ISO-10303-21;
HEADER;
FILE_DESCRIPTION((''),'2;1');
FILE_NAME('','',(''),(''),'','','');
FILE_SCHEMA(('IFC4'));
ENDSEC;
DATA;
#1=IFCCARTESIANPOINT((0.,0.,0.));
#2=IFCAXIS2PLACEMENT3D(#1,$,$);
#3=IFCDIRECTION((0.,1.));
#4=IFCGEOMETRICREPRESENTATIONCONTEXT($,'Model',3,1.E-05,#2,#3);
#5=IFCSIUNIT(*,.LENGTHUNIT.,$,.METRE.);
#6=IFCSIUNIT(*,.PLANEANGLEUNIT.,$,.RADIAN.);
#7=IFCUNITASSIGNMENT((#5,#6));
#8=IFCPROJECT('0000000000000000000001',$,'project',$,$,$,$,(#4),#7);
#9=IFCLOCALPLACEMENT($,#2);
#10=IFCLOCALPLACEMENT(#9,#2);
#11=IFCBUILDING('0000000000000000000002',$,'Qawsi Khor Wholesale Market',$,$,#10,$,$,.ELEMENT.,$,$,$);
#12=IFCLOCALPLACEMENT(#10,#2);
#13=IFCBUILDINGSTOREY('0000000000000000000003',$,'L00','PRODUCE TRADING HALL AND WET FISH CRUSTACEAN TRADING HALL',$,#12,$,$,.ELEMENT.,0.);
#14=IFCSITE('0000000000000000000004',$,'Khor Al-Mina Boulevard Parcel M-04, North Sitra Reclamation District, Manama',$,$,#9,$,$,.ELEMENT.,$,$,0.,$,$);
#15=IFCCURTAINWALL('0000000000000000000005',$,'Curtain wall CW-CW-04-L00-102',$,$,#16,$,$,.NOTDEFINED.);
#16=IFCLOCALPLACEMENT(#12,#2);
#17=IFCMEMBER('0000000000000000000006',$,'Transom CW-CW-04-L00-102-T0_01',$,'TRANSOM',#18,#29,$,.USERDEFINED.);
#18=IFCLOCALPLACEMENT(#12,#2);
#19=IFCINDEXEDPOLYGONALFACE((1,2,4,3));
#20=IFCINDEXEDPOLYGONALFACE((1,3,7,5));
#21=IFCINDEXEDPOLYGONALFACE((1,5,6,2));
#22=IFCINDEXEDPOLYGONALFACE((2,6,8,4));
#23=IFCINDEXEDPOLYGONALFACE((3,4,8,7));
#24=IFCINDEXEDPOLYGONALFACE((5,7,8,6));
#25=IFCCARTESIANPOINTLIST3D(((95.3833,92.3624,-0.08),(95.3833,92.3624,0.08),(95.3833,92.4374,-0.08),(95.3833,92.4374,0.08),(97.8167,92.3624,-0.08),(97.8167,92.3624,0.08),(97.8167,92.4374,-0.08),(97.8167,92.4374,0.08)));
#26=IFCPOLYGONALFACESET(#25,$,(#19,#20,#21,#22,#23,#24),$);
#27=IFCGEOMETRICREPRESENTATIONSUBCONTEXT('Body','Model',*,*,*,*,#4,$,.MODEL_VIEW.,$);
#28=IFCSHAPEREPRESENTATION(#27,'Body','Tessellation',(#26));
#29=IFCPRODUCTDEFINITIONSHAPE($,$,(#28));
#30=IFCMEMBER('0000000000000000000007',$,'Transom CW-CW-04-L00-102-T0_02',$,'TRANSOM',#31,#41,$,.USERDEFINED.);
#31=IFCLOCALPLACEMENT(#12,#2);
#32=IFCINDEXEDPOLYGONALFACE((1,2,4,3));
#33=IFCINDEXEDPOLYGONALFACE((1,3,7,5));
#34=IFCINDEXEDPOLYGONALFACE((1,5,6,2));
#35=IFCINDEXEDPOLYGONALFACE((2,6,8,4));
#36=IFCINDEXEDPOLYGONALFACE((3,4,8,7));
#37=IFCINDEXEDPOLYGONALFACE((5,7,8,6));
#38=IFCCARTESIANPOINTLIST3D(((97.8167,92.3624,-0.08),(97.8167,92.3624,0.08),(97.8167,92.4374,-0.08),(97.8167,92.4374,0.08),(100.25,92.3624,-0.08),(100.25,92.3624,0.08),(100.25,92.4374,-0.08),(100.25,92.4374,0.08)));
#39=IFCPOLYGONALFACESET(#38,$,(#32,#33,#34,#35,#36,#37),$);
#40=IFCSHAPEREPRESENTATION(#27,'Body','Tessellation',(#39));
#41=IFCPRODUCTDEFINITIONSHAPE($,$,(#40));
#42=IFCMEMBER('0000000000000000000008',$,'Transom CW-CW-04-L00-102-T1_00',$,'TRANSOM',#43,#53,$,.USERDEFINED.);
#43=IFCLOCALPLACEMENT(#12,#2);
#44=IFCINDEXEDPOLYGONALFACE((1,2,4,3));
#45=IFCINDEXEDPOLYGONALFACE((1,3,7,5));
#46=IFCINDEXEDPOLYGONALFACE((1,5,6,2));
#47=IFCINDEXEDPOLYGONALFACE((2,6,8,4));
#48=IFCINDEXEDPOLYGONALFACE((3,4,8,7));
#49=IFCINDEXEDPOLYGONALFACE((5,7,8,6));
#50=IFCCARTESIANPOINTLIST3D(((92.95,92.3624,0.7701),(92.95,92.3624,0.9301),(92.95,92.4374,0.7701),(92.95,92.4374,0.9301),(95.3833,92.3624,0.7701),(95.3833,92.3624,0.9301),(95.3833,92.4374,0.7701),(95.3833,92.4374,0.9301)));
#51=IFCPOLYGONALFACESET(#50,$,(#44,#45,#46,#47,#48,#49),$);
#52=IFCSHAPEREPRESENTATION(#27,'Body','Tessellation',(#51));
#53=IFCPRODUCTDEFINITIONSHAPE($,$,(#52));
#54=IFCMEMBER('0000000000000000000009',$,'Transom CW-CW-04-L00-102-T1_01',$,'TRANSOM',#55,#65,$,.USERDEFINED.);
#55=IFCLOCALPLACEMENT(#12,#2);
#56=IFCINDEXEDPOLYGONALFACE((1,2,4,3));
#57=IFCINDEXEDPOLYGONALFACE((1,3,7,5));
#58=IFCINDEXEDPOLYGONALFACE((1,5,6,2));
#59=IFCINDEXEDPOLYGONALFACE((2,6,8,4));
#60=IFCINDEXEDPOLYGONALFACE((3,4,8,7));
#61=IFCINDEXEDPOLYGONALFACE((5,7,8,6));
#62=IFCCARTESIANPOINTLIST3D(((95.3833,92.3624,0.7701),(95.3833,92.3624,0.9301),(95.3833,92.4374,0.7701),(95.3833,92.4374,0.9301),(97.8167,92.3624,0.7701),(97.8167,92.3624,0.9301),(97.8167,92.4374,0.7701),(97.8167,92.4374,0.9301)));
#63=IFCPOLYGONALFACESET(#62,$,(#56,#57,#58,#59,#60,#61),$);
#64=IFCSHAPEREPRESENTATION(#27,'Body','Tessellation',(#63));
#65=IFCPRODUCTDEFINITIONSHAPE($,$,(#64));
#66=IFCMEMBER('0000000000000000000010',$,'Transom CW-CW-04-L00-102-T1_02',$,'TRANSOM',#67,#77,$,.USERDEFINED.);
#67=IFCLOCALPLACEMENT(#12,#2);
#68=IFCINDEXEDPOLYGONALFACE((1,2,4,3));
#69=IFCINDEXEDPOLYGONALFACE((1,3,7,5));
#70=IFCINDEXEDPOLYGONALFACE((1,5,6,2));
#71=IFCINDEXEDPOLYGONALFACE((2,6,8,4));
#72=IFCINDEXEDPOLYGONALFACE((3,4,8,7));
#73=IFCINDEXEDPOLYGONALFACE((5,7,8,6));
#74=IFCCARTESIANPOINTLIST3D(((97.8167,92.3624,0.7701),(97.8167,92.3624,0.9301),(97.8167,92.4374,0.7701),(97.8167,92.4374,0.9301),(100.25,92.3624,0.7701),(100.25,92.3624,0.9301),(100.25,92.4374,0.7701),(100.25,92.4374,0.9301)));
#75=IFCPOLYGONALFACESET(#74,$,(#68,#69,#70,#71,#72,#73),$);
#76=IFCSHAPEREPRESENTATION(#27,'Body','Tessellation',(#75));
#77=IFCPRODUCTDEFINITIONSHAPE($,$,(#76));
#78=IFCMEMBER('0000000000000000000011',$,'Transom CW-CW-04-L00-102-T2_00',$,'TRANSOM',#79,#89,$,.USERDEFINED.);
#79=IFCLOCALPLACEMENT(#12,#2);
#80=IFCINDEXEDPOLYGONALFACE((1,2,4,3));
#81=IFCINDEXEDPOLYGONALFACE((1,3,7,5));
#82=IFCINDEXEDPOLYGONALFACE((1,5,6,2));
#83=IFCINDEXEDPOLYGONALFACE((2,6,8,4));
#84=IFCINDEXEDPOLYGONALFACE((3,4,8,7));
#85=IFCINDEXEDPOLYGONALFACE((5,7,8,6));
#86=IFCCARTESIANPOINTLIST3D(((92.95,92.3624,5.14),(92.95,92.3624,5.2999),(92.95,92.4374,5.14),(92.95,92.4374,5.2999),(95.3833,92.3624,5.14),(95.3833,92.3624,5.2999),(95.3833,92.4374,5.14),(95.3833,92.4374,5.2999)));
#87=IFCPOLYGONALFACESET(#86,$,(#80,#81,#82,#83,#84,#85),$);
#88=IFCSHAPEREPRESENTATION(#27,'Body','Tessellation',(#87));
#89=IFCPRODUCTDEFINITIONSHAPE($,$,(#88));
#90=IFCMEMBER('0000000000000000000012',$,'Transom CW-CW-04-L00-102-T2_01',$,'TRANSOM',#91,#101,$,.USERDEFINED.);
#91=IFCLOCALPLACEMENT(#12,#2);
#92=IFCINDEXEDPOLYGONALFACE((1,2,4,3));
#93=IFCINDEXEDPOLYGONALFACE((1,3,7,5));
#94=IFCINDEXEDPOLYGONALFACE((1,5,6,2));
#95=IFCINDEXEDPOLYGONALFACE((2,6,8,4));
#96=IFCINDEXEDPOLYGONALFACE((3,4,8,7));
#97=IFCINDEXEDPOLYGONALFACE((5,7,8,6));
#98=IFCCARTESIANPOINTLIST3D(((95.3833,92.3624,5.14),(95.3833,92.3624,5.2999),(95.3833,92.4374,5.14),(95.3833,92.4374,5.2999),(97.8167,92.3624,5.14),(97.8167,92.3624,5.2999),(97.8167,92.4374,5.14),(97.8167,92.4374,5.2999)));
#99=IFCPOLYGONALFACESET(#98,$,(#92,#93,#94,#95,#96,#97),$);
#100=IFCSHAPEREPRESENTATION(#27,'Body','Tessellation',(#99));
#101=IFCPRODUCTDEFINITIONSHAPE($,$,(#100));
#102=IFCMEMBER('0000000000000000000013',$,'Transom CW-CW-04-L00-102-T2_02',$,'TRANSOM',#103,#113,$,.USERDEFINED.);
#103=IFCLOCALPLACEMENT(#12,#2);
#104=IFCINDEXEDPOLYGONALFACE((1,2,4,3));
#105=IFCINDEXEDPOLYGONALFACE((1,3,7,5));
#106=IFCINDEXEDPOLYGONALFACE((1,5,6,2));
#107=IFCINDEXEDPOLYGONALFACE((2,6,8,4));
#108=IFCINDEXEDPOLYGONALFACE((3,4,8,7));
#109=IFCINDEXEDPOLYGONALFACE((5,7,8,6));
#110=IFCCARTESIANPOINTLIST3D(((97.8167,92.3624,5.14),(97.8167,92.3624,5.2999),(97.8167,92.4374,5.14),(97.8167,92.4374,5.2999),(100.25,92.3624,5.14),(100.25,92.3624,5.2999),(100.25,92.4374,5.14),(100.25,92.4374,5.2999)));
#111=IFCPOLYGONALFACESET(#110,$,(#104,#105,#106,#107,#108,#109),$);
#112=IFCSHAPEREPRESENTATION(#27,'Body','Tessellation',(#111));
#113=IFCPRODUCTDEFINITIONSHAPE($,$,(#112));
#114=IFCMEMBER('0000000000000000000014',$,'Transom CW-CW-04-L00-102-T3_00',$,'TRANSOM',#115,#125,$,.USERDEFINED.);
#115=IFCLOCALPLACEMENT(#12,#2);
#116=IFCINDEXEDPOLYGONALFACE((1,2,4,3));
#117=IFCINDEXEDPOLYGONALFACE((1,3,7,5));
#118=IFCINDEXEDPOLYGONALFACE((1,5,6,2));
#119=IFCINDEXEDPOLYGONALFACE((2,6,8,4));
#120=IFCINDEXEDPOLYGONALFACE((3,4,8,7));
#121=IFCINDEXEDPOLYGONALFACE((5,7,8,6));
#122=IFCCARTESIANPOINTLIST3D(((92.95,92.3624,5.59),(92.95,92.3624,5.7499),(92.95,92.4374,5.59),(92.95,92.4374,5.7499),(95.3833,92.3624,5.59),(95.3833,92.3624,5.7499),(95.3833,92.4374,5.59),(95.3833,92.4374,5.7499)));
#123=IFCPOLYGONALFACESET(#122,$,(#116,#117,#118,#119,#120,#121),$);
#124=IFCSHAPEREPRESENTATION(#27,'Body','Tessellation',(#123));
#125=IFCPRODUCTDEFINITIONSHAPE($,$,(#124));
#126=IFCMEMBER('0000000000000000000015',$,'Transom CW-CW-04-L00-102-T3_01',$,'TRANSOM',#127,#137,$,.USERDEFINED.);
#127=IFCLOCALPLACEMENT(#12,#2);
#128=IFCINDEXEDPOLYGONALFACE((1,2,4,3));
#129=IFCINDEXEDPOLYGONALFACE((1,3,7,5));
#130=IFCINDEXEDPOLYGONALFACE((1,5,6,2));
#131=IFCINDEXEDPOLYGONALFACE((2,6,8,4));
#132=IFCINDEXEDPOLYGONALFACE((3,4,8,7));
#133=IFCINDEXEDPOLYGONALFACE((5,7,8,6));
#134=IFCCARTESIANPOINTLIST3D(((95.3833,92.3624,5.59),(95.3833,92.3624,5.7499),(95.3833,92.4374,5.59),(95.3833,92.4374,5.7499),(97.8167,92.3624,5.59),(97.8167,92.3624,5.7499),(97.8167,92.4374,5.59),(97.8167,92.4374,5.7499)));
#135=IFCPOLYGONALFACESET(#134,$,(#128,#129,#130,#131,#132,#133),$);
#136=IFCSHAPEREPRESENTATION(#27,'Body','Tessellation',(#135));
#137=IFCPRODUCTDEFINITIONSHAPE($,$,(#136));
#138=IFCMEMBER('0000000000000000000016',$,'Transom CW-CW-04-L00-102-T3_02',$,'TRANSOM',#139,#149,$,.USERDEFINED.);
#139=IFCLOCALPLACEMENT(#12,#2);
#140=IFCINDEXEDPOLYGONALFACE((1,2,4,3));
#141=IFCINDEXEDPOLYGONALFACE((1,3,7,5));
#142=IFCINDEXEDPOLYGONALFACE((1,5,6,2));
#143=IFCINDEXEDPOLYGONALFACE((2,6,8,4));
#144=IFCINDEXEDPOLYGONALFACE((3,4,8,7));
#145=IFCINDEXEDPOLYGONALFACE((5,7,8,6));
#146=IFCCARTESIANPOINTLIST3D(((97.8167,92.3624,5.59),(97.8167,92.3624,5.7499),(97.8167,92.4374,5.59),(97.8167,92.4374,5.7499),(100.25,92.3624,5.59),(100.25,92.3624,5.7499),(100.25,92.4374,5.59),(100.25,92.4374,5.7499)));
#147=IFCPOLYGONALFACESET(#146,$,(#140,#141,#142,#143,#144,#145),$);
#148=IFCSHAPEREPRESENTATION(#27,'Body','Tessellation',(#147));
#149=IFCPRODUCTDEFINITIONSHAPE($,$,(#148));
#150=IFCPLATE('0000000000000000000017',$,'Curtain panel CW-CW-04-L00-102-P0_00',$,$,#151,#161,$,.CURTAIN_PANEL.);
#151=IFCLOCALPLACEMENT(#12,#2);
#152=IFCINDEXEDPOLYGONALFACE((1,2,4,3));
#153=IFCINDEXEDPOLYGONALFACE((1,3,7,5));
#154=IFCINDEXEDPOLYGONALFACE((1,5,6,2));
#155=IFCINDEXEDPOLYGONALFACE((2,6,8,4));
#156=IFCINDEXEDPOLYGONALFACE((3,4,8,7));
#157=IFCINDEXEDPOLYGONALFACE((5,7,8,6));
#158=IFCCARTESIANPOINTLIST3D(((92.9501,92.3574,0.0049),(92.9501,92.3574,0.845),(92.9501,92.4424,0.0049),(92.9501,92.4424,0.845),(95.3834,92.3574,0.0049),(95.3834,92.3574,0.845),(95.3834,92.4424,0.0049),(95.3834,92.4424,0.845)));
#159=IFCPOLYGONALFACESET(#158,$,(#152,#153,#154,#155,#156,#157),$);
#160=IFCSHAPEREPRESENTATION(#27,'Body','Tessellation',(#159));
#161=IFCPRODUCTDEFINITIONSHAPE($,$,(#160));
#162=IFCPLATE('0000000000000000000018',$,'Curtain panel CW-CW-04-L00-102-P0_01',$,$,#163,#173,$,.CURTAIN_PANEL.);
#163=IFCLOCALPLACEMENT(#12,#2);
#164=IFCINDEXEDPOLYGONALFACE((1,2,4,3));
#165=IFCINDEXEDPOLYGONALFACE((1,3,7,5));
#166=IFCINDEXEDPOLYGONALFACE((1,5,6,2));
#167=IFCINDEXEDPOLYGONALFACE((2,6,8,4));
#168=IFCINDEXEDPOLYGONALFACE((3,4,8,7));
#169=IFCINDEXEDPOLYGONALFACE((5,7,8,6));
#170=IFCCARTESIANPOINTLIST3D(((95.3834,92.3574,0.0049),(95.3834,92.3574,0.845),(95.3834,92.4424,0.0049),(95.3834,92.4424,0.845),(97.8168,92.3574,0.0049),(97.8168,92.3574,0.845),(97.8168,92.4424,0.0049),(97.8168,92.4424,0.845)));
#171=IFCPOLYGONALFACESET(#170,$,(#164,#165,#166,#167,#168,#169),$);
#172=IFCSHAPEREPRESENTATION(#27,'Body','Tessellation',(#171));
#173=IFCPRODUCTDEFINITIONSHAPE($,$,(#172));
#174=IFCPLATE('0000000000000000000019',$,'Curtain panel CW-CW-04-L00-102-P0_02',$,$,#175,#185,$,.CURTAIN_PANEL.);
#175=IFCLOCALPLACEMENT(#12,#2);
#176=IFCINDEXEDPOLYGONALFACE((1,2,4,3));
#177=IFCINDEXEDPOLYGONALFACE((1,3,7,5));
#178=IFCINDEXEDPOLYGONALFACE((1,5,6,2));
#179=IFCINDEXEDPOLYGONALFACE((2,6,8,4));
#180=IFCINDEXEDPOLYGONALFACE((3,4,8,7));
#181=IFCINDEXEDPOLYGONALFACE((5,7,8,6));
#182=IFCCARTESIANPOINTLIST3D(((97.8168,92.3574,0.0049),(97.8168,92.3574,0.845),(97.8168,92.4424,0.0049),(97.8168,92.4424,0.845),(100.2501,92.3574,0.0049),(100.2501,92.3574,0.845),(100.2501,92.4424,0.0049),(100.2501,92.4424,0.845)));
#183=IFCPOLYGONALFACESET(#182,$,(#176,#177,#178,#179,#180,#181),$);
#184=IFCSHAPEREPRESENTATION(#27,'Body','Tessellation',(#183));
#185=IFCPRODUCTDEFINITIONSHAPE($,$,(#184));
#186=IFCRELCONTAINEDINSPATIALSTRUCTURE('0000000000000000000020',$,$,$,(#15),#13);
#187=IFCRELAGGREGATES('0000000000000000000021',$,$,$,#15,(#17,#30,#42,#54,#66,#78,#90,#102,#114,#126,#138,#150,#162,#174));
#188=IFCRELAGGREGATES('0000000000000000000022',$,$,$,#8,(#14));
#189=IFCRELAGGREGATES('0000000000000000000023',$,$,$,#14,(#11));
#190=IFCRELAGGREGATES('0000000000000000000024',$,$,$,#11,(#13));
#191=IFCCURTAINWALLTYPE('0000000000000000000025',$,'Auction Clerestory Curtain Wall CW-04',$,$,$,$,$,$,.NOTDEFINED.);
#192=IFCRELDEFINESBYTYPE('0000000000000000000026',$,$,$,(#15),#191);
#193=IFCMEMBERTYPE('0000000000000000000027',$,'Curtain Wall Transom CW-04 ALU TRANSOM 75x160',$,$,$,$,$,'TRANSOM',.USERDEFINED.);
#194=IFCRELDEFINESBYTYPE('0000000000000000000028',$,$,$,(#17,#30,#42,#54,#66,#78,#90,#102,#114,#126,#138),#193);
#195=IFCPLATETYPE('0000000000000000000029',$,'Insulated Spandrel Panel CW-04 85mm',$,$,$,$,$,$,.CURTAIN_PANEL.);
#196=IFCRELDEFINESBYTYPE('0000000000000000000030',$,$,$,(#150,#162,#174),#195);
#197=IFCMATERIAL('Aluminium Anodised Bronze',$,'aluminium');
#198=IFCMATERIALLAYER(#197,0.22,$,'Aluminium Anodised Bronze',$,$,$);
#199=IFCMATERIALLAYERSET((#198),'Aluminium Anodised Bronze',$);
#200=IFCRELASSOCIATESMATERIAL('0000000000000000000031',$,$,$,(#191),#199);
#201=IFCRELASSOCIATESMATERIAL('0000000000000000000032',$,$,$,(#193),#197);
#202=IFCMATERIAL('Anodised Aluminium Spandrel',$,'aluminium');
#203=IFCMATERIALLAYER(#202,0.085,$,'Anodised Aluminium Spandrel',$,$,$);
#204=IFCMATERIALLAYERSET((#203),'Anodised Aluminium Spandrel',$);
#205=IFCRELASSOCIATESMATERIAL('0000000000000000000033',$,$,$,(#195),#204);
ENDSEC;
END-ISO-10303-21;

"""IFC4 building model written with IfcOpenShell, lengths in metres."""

from ifc_helpers import new_model, si_unit, direction, frame, frame_2d, origin, origin_2d, place, context, subcontext, project, spatial, rectangle, extrude, material, layer, layer_set, material_profile, profile_set, type_object, element, aggregate, save


model = new_model("IFC4")

# Units and contexts
model_context = context("Model", 3, precision=1e-05, world=origin(), true_north=direction((0.0, 1.0)))
body_context = subcontext(model_context, "Body", "Model", "MODEL_VIEW")
ifc_project = project(units=[si_unit("LENGTHUNIT", "METRE"), si_unit("PLANEANGLEUNIT", "RADIAN")], contexts=[model_context])

# Site, building, storey
site_placement = place(None, origin())
site = spatial("IfcSite", under=ifc_project, at=site_placement, Name="Khor Al-Mina Boulevard Parcel M-04, North Sitra Reclamation District, Manama", CompositionType="ELEMENT", RefElevation=0.0)
building_placement = place(site_placement, origin())
building = spatial("IfcBuilding", under=site, at=building_placement, Name="Qawsi Khor Wholesale Market", CompositionType="ELEMENT")
storey_placement = place(building_placement, origin())
storey = spatial("IfcBuildingStorey", under=building, at=storey_placement, Name="L00", Description="PRODUCE TRADING HALL AND WET FISH CRUSTACEAN TRADING HALL", CompositionType="ELEMENT", Elevation=0.0)

# Curtain wall, members, plates
ifc_material_1 = material(Name="Aluminium Anodised Bronze", Category="aluminium")
ifc_layer_1 = layer(ifc_material_1, 0.22, Name="Aluminium Anodised Bronze")
ifc_layer_set_1 = layer_set([ifc_layer_1], Name="Aluminium Anodised Bronze")
curtain_wall_type = type_object("IfcCurtainWallType", Name="Auction Clerestory Curtain Wall CW-04", PredefinedType="NOTDEFINED", material=ifc_layer_set_1)
curtain_wall_placement = place(storey_placement, origin())
curtain_wall = element("IfcCurtainWall", 1, at=curtain_wall_placement, inside=storey, type_object=curtain_wall_type, Name="Curtain wall CW-CW-04-L00-102", PredefinedType="NOTDEFINED")
ifc_material_profile_1 = material_profile(ifc_material_1, rectangle(XDim=0.075, YDim=0.1599, at=origin_2d()), Name="ALU TRANSOM 75x160")
ifc_profile_set_1 = profile_set([ifc_material_profile_1], Name="Aluminium Anodised Bronze")
member_type_1 = type_object("IfcMemberType", Name="Curtain Wall Transom CW-04 ALU TRANSOM 75x160", ElementType="TRANSOM", PredefinedType="USERDEFINED", material=ifc_profile_set_1)
member_1_placement = place(storey_placement, frame((95.3833, 92.3999, 0.0), z_axis=(1.0, 0.0, 0.0), x_axis=(0.0, 1.0, 0.0)))
member_1 = element("IfcMember", 2, at=member_1_placement, type_object=member_type_1, Name="Transom CW-CW-04-L00-102-T0_01", ObjectType="TRANSOM", PredefinedType="USERDEFINED", context=body_context, shape_type="SweptSolid", body=[
    extrude(rectangle(XDim=0.075, YDim=0.1599, at=origin_2d()), origin(), (0.0, 0.0, 1.0), 2.4333),
])
member_2_placement = place(storey_placement, frame((97.8167, 92.3999, 0.0), z_axis=(1.0, 0.0, 0.0), x_axis=(0.0, 1.0, 0.0)))
member_2 = element("IfcMember", 3, at=member_2_placement, type_object=member_type_1, Name="Transom CW-CW-04-L00-102-T0_02", ObjectType="TRANSOM", PredefinedType="USERDEFINED", context=body_context, shape_type="SweptSolid", body=[
    extrude(rectangle(XDim=0.075, YDim=0.1599, at=origin_2d()), origin(), (0.0, 0.0, 1.0), 2.4333),
])
member_3_placement = place(storey_placement, frame((92.95, 92.3999, 0.8501), z_axis=(1.0, 0.0, 0.0), x_axis=(0.0, 1.0, 0.0)))
member_3 = element("IfcMember", 4, at=member_3_placement, type_object=member_type_1, Name="Transom CW-CW-04-L00-102-T1_00", ObjectType="TRANSOM", PredefinedType="USERDEFINED", context=body_context, shape_type="SweptSolid", body=[
    extrude(rectangle(XDim=0.075, YDim=0.1599, at=origin_2d()), origin(), (0.0, 0.0, 1.0), 2.4333),
])
member_4_placement = place(storey_placement, frame((95.3833, 92.3999, 0.8501), z_axis=(1.0, 0.0, 0.0), x_axis=(0.0, 1.0, 0.0)))
member_4 = element("IfcMember", 5, at=member_4_placement, type_object=member_type_1, Name="Transom CW-CW-04-L00-102-T1_01", ObjectType="TRANSOM", PredefinedType="USERDEFINED", context=body_context, shape_type="SweptSolid", body=[
    extrude(rectangle(XDim=0.075, YDim=0.1599, at=origin_2d()), origin(), (0.0, 0.0, 1.0), 2.4333),
])
member_5_placement = place(storey_placement, frame((97.8167, 92.3999, 0.8501), z_axis=(1.0, 0.0, 0.0), x_axis=(0.0, 1.0, 0.0)))
member_5 = element("IfcMember", 6, at=member_5_placement, type_object=member_type_1, Name="Transom CW-CW-04-L00-102-T1_02", ObjectType="TRANSOM", PredefinedType="USERDEFINED", context=body_context, shape_type="SweptSolid", body=[
    extrude(rectangle(XDim=0.075, YDim=0.1599, at=origin_2d()), origin(), (0.0, 0.0, 1.0), 2.4333),
])
member_6_placement = place(storey_placement, frame((92.95, 92.3999, 5.22), z_axis=(1.0, 0.0, 0.0), x_axis=(0.0, 1.0, 0.0)))
member_6 = element("IfcMember", 7, at=member_6_placement, type_object=member_type_1, Name="Transom CW-CW-04-L00-102-T2_00", ObjectType="TRANSOM", PredefinedType="USERDEFINED", context=body_context, shape_type="SweptSolid", body=[
    extrude(rectangle(XDim=0.075, YDim=0.1599, at=origin_2d()), origin(), (0.0, 0.0, 1.0), 2.4333),
])
member_7_placement = place(storey_placement, frame((95.3833, 92.3999, 5.22), z_axis=(1.0, 0.0, 0.0), x_axis=(0.0, 1.0, 0.0)))
member_7 = element("IfcMember", 8, at=member_7_placement, type_object=member_type_1, Name="Transom CW-CW-04-L00-102-T2_01", ObjectType="TRANSOM", PredefinedType="USERDEFINED", context=body_context, shape_type="SweptSolid", body=[
    extrude(rectangle(XDim=0.075, YDim=0.1599, at=origin_2d()), origin(), (0.0, 0.0, 1.0), 2.4333),
])
member_8_placement = place(storey_placement, frame((97.8167, 92.3999, 5.22), z_axis=(1.0, 0.0, 0.0), x_axis=(0.0, 1.0, 0.0)))
member_8 = element("IfcMember", 9, at=member_8_placement, type_object=member_type_1, Name="Transom CW-CW-04-L00-102-T2_02", ObjectType="TRANSOM", PredefinedType="USERDEFINED", context=body_context, shape_type="SweptSolid", body=[
    extrude(rectangle(XDim=0.075, YDim=0.1599, at=origin_2d()), origin(), (0.0, 0.0, 1.0), 2.4333),
])
member_9_placement = place(storey_placement, frame((92.95, 92.3999, 5.6699), z_axis=(1.0, 0.0, 0.0), x_axis=(0.0, 1.0, 0.0)))
member_9 = element("IfcMember", 10, at=member_9_placement, type_object=member_type_1, Name="Transom CW-CW-04-L00-102-T3_00", ObjectType="TRANSOM", PredefinedType="USERDEFINED", context=body_context, shape_type="SweptSolid", body=[
    extrude(rectangle(XDim=0.075, YDim=0.1599, at=origin_2d()), origin(), (0.0, 0.0, 1.0), 2.4333),
])
member_10_placement = place(storey_placement, frame((95.3833, 92.3999, 5.6699), z_axis=(1.0, 0.0, 0.0), x_axis=(0.0, 1.0, 0.0)))
member_10 = element("IfcMember", 11, at=member_10_placement, type_object=member_type_1, Name="Transom CW-CW-04-L00-102-T3_01", ObjectType="TRANSOM", PredefinedType="USERDEFINED", context=body_context, shape_type="SweptSolid", body=[
    extrude(rectangle(XDim=0.075, YDim=0.1599, at=origin_2d()), origin(), (0.0, 0.0, 1.0), 2.4333),
])
member_11_placement = place(storey_placement, frame((97.8167, 92.3999, 5.6699), z_axis=(1.0, 0.0, 0.0), x_axis=(0.0, 1.0, 0.0)))
member_11 = element("IfcMember", 12, at=member_11_placement, type_object=member_type_1, Name="Transom CW-CW-04-L00-102-T3_02", ObjectType="TRANSOM", PredefinedType="USERDEFINED", context=body_context, shape_type="SweptSolid", body=[
    extrude(rectangle(XDim=0.075, YDim=0.1599, at=origin_2d()), origin(), (0.0, 0.0, 1.0), 2.4333),
])
ifc_material_2 = material(Name="Anodised Aluminium Spandrel", Category="aluminium")
ifc_layer_2 = layer(ifc_material_2, 0.085, Name="Anodised Aluminium Spandrel")
ifc_layer_set_2 = layer_set([ifc_layer_2], Name="Anodised Aluminium Spandrel")
plate_type_1 = type_object("IfcPlateType", Name="Insulated Spandrel Panel CW-04 85mm", PredefinedType="CURTAIN_PANEL", material=ifc_layer_set_2)
plate_1_placement = place(storey_placement, frame((92.95, 92.3999, 0.0049), z_axis=(0.0, 0.0, 1.0), x_axis=(1.0, 0.0, 0.0)))
plate_1 = element("IfcPlate", 13, at=plate_1_placement, type_object=plate_type_1, Name="Curtain panel CW-CW-04-L00-102-P0_00", PredefinedType="CURTAIN_PANEL", context=body_context, shape_type="SweptSolid", body=[
    extrude(rectangle(XDim=2.4333, YDim=0.085, at=frame_2d((1.2168, 0.0))), origin(), (0.0, 0.0, 1.0), 0.8401),
])
plate_2_placement = place(storey_placement, frame((95.3833, 92.3999, 0.0049), z_axis=(0.0, 0.0, 1.0), x_axis=(1.0, 0.0, 0.0)))
plate_2 = element("IfcPlate", 14, at=plate_2_placement, type_object=plate_type_1, Name="Curtain panel CW-CW-04-L00-102-P0_01", PredefinedType="CURTAIN_PANEL", context=body_context, shape_type="SweptSolid", body=[
    extrude(rectangle(XDim=2.4333, YDim=0.085, at=frame_2d((1.2168, 0.0))), origin(), (0.0, 0.0, 1.0), 0.8401),
])
plate_3_placement = place(storey_placement, frame((97.8167, 92.3999, 0.0049), z_axis=(0.0, 0.0, 1.0), x_axis=(1.0, 0.0, 0.0)))
plate_3 = element("IfcPlate", 15, at=plate_3_placement, type_object=plate_type_1, Name="Curtain panel CW-CW-04-L00-102-P0_02", PredefinedType="CURTAIN_PANEL", context=body_context, shape_type="SweptSolid", body=[
    extrude(rectangle(XDim=2.4333, YDim=0.085, at=frame_2d((1.2168, 0.0))), origin(), (0.0, 0.0, 1.0), 0.8401),
])
aggregate(curtain_wall, [member_1, member_2, member_3, member_4, member_5, member_6, member_7, member_8, member_9, member_10, member_11, plate_1, plate_2, plate_3])

save(model, "model.ifc")
